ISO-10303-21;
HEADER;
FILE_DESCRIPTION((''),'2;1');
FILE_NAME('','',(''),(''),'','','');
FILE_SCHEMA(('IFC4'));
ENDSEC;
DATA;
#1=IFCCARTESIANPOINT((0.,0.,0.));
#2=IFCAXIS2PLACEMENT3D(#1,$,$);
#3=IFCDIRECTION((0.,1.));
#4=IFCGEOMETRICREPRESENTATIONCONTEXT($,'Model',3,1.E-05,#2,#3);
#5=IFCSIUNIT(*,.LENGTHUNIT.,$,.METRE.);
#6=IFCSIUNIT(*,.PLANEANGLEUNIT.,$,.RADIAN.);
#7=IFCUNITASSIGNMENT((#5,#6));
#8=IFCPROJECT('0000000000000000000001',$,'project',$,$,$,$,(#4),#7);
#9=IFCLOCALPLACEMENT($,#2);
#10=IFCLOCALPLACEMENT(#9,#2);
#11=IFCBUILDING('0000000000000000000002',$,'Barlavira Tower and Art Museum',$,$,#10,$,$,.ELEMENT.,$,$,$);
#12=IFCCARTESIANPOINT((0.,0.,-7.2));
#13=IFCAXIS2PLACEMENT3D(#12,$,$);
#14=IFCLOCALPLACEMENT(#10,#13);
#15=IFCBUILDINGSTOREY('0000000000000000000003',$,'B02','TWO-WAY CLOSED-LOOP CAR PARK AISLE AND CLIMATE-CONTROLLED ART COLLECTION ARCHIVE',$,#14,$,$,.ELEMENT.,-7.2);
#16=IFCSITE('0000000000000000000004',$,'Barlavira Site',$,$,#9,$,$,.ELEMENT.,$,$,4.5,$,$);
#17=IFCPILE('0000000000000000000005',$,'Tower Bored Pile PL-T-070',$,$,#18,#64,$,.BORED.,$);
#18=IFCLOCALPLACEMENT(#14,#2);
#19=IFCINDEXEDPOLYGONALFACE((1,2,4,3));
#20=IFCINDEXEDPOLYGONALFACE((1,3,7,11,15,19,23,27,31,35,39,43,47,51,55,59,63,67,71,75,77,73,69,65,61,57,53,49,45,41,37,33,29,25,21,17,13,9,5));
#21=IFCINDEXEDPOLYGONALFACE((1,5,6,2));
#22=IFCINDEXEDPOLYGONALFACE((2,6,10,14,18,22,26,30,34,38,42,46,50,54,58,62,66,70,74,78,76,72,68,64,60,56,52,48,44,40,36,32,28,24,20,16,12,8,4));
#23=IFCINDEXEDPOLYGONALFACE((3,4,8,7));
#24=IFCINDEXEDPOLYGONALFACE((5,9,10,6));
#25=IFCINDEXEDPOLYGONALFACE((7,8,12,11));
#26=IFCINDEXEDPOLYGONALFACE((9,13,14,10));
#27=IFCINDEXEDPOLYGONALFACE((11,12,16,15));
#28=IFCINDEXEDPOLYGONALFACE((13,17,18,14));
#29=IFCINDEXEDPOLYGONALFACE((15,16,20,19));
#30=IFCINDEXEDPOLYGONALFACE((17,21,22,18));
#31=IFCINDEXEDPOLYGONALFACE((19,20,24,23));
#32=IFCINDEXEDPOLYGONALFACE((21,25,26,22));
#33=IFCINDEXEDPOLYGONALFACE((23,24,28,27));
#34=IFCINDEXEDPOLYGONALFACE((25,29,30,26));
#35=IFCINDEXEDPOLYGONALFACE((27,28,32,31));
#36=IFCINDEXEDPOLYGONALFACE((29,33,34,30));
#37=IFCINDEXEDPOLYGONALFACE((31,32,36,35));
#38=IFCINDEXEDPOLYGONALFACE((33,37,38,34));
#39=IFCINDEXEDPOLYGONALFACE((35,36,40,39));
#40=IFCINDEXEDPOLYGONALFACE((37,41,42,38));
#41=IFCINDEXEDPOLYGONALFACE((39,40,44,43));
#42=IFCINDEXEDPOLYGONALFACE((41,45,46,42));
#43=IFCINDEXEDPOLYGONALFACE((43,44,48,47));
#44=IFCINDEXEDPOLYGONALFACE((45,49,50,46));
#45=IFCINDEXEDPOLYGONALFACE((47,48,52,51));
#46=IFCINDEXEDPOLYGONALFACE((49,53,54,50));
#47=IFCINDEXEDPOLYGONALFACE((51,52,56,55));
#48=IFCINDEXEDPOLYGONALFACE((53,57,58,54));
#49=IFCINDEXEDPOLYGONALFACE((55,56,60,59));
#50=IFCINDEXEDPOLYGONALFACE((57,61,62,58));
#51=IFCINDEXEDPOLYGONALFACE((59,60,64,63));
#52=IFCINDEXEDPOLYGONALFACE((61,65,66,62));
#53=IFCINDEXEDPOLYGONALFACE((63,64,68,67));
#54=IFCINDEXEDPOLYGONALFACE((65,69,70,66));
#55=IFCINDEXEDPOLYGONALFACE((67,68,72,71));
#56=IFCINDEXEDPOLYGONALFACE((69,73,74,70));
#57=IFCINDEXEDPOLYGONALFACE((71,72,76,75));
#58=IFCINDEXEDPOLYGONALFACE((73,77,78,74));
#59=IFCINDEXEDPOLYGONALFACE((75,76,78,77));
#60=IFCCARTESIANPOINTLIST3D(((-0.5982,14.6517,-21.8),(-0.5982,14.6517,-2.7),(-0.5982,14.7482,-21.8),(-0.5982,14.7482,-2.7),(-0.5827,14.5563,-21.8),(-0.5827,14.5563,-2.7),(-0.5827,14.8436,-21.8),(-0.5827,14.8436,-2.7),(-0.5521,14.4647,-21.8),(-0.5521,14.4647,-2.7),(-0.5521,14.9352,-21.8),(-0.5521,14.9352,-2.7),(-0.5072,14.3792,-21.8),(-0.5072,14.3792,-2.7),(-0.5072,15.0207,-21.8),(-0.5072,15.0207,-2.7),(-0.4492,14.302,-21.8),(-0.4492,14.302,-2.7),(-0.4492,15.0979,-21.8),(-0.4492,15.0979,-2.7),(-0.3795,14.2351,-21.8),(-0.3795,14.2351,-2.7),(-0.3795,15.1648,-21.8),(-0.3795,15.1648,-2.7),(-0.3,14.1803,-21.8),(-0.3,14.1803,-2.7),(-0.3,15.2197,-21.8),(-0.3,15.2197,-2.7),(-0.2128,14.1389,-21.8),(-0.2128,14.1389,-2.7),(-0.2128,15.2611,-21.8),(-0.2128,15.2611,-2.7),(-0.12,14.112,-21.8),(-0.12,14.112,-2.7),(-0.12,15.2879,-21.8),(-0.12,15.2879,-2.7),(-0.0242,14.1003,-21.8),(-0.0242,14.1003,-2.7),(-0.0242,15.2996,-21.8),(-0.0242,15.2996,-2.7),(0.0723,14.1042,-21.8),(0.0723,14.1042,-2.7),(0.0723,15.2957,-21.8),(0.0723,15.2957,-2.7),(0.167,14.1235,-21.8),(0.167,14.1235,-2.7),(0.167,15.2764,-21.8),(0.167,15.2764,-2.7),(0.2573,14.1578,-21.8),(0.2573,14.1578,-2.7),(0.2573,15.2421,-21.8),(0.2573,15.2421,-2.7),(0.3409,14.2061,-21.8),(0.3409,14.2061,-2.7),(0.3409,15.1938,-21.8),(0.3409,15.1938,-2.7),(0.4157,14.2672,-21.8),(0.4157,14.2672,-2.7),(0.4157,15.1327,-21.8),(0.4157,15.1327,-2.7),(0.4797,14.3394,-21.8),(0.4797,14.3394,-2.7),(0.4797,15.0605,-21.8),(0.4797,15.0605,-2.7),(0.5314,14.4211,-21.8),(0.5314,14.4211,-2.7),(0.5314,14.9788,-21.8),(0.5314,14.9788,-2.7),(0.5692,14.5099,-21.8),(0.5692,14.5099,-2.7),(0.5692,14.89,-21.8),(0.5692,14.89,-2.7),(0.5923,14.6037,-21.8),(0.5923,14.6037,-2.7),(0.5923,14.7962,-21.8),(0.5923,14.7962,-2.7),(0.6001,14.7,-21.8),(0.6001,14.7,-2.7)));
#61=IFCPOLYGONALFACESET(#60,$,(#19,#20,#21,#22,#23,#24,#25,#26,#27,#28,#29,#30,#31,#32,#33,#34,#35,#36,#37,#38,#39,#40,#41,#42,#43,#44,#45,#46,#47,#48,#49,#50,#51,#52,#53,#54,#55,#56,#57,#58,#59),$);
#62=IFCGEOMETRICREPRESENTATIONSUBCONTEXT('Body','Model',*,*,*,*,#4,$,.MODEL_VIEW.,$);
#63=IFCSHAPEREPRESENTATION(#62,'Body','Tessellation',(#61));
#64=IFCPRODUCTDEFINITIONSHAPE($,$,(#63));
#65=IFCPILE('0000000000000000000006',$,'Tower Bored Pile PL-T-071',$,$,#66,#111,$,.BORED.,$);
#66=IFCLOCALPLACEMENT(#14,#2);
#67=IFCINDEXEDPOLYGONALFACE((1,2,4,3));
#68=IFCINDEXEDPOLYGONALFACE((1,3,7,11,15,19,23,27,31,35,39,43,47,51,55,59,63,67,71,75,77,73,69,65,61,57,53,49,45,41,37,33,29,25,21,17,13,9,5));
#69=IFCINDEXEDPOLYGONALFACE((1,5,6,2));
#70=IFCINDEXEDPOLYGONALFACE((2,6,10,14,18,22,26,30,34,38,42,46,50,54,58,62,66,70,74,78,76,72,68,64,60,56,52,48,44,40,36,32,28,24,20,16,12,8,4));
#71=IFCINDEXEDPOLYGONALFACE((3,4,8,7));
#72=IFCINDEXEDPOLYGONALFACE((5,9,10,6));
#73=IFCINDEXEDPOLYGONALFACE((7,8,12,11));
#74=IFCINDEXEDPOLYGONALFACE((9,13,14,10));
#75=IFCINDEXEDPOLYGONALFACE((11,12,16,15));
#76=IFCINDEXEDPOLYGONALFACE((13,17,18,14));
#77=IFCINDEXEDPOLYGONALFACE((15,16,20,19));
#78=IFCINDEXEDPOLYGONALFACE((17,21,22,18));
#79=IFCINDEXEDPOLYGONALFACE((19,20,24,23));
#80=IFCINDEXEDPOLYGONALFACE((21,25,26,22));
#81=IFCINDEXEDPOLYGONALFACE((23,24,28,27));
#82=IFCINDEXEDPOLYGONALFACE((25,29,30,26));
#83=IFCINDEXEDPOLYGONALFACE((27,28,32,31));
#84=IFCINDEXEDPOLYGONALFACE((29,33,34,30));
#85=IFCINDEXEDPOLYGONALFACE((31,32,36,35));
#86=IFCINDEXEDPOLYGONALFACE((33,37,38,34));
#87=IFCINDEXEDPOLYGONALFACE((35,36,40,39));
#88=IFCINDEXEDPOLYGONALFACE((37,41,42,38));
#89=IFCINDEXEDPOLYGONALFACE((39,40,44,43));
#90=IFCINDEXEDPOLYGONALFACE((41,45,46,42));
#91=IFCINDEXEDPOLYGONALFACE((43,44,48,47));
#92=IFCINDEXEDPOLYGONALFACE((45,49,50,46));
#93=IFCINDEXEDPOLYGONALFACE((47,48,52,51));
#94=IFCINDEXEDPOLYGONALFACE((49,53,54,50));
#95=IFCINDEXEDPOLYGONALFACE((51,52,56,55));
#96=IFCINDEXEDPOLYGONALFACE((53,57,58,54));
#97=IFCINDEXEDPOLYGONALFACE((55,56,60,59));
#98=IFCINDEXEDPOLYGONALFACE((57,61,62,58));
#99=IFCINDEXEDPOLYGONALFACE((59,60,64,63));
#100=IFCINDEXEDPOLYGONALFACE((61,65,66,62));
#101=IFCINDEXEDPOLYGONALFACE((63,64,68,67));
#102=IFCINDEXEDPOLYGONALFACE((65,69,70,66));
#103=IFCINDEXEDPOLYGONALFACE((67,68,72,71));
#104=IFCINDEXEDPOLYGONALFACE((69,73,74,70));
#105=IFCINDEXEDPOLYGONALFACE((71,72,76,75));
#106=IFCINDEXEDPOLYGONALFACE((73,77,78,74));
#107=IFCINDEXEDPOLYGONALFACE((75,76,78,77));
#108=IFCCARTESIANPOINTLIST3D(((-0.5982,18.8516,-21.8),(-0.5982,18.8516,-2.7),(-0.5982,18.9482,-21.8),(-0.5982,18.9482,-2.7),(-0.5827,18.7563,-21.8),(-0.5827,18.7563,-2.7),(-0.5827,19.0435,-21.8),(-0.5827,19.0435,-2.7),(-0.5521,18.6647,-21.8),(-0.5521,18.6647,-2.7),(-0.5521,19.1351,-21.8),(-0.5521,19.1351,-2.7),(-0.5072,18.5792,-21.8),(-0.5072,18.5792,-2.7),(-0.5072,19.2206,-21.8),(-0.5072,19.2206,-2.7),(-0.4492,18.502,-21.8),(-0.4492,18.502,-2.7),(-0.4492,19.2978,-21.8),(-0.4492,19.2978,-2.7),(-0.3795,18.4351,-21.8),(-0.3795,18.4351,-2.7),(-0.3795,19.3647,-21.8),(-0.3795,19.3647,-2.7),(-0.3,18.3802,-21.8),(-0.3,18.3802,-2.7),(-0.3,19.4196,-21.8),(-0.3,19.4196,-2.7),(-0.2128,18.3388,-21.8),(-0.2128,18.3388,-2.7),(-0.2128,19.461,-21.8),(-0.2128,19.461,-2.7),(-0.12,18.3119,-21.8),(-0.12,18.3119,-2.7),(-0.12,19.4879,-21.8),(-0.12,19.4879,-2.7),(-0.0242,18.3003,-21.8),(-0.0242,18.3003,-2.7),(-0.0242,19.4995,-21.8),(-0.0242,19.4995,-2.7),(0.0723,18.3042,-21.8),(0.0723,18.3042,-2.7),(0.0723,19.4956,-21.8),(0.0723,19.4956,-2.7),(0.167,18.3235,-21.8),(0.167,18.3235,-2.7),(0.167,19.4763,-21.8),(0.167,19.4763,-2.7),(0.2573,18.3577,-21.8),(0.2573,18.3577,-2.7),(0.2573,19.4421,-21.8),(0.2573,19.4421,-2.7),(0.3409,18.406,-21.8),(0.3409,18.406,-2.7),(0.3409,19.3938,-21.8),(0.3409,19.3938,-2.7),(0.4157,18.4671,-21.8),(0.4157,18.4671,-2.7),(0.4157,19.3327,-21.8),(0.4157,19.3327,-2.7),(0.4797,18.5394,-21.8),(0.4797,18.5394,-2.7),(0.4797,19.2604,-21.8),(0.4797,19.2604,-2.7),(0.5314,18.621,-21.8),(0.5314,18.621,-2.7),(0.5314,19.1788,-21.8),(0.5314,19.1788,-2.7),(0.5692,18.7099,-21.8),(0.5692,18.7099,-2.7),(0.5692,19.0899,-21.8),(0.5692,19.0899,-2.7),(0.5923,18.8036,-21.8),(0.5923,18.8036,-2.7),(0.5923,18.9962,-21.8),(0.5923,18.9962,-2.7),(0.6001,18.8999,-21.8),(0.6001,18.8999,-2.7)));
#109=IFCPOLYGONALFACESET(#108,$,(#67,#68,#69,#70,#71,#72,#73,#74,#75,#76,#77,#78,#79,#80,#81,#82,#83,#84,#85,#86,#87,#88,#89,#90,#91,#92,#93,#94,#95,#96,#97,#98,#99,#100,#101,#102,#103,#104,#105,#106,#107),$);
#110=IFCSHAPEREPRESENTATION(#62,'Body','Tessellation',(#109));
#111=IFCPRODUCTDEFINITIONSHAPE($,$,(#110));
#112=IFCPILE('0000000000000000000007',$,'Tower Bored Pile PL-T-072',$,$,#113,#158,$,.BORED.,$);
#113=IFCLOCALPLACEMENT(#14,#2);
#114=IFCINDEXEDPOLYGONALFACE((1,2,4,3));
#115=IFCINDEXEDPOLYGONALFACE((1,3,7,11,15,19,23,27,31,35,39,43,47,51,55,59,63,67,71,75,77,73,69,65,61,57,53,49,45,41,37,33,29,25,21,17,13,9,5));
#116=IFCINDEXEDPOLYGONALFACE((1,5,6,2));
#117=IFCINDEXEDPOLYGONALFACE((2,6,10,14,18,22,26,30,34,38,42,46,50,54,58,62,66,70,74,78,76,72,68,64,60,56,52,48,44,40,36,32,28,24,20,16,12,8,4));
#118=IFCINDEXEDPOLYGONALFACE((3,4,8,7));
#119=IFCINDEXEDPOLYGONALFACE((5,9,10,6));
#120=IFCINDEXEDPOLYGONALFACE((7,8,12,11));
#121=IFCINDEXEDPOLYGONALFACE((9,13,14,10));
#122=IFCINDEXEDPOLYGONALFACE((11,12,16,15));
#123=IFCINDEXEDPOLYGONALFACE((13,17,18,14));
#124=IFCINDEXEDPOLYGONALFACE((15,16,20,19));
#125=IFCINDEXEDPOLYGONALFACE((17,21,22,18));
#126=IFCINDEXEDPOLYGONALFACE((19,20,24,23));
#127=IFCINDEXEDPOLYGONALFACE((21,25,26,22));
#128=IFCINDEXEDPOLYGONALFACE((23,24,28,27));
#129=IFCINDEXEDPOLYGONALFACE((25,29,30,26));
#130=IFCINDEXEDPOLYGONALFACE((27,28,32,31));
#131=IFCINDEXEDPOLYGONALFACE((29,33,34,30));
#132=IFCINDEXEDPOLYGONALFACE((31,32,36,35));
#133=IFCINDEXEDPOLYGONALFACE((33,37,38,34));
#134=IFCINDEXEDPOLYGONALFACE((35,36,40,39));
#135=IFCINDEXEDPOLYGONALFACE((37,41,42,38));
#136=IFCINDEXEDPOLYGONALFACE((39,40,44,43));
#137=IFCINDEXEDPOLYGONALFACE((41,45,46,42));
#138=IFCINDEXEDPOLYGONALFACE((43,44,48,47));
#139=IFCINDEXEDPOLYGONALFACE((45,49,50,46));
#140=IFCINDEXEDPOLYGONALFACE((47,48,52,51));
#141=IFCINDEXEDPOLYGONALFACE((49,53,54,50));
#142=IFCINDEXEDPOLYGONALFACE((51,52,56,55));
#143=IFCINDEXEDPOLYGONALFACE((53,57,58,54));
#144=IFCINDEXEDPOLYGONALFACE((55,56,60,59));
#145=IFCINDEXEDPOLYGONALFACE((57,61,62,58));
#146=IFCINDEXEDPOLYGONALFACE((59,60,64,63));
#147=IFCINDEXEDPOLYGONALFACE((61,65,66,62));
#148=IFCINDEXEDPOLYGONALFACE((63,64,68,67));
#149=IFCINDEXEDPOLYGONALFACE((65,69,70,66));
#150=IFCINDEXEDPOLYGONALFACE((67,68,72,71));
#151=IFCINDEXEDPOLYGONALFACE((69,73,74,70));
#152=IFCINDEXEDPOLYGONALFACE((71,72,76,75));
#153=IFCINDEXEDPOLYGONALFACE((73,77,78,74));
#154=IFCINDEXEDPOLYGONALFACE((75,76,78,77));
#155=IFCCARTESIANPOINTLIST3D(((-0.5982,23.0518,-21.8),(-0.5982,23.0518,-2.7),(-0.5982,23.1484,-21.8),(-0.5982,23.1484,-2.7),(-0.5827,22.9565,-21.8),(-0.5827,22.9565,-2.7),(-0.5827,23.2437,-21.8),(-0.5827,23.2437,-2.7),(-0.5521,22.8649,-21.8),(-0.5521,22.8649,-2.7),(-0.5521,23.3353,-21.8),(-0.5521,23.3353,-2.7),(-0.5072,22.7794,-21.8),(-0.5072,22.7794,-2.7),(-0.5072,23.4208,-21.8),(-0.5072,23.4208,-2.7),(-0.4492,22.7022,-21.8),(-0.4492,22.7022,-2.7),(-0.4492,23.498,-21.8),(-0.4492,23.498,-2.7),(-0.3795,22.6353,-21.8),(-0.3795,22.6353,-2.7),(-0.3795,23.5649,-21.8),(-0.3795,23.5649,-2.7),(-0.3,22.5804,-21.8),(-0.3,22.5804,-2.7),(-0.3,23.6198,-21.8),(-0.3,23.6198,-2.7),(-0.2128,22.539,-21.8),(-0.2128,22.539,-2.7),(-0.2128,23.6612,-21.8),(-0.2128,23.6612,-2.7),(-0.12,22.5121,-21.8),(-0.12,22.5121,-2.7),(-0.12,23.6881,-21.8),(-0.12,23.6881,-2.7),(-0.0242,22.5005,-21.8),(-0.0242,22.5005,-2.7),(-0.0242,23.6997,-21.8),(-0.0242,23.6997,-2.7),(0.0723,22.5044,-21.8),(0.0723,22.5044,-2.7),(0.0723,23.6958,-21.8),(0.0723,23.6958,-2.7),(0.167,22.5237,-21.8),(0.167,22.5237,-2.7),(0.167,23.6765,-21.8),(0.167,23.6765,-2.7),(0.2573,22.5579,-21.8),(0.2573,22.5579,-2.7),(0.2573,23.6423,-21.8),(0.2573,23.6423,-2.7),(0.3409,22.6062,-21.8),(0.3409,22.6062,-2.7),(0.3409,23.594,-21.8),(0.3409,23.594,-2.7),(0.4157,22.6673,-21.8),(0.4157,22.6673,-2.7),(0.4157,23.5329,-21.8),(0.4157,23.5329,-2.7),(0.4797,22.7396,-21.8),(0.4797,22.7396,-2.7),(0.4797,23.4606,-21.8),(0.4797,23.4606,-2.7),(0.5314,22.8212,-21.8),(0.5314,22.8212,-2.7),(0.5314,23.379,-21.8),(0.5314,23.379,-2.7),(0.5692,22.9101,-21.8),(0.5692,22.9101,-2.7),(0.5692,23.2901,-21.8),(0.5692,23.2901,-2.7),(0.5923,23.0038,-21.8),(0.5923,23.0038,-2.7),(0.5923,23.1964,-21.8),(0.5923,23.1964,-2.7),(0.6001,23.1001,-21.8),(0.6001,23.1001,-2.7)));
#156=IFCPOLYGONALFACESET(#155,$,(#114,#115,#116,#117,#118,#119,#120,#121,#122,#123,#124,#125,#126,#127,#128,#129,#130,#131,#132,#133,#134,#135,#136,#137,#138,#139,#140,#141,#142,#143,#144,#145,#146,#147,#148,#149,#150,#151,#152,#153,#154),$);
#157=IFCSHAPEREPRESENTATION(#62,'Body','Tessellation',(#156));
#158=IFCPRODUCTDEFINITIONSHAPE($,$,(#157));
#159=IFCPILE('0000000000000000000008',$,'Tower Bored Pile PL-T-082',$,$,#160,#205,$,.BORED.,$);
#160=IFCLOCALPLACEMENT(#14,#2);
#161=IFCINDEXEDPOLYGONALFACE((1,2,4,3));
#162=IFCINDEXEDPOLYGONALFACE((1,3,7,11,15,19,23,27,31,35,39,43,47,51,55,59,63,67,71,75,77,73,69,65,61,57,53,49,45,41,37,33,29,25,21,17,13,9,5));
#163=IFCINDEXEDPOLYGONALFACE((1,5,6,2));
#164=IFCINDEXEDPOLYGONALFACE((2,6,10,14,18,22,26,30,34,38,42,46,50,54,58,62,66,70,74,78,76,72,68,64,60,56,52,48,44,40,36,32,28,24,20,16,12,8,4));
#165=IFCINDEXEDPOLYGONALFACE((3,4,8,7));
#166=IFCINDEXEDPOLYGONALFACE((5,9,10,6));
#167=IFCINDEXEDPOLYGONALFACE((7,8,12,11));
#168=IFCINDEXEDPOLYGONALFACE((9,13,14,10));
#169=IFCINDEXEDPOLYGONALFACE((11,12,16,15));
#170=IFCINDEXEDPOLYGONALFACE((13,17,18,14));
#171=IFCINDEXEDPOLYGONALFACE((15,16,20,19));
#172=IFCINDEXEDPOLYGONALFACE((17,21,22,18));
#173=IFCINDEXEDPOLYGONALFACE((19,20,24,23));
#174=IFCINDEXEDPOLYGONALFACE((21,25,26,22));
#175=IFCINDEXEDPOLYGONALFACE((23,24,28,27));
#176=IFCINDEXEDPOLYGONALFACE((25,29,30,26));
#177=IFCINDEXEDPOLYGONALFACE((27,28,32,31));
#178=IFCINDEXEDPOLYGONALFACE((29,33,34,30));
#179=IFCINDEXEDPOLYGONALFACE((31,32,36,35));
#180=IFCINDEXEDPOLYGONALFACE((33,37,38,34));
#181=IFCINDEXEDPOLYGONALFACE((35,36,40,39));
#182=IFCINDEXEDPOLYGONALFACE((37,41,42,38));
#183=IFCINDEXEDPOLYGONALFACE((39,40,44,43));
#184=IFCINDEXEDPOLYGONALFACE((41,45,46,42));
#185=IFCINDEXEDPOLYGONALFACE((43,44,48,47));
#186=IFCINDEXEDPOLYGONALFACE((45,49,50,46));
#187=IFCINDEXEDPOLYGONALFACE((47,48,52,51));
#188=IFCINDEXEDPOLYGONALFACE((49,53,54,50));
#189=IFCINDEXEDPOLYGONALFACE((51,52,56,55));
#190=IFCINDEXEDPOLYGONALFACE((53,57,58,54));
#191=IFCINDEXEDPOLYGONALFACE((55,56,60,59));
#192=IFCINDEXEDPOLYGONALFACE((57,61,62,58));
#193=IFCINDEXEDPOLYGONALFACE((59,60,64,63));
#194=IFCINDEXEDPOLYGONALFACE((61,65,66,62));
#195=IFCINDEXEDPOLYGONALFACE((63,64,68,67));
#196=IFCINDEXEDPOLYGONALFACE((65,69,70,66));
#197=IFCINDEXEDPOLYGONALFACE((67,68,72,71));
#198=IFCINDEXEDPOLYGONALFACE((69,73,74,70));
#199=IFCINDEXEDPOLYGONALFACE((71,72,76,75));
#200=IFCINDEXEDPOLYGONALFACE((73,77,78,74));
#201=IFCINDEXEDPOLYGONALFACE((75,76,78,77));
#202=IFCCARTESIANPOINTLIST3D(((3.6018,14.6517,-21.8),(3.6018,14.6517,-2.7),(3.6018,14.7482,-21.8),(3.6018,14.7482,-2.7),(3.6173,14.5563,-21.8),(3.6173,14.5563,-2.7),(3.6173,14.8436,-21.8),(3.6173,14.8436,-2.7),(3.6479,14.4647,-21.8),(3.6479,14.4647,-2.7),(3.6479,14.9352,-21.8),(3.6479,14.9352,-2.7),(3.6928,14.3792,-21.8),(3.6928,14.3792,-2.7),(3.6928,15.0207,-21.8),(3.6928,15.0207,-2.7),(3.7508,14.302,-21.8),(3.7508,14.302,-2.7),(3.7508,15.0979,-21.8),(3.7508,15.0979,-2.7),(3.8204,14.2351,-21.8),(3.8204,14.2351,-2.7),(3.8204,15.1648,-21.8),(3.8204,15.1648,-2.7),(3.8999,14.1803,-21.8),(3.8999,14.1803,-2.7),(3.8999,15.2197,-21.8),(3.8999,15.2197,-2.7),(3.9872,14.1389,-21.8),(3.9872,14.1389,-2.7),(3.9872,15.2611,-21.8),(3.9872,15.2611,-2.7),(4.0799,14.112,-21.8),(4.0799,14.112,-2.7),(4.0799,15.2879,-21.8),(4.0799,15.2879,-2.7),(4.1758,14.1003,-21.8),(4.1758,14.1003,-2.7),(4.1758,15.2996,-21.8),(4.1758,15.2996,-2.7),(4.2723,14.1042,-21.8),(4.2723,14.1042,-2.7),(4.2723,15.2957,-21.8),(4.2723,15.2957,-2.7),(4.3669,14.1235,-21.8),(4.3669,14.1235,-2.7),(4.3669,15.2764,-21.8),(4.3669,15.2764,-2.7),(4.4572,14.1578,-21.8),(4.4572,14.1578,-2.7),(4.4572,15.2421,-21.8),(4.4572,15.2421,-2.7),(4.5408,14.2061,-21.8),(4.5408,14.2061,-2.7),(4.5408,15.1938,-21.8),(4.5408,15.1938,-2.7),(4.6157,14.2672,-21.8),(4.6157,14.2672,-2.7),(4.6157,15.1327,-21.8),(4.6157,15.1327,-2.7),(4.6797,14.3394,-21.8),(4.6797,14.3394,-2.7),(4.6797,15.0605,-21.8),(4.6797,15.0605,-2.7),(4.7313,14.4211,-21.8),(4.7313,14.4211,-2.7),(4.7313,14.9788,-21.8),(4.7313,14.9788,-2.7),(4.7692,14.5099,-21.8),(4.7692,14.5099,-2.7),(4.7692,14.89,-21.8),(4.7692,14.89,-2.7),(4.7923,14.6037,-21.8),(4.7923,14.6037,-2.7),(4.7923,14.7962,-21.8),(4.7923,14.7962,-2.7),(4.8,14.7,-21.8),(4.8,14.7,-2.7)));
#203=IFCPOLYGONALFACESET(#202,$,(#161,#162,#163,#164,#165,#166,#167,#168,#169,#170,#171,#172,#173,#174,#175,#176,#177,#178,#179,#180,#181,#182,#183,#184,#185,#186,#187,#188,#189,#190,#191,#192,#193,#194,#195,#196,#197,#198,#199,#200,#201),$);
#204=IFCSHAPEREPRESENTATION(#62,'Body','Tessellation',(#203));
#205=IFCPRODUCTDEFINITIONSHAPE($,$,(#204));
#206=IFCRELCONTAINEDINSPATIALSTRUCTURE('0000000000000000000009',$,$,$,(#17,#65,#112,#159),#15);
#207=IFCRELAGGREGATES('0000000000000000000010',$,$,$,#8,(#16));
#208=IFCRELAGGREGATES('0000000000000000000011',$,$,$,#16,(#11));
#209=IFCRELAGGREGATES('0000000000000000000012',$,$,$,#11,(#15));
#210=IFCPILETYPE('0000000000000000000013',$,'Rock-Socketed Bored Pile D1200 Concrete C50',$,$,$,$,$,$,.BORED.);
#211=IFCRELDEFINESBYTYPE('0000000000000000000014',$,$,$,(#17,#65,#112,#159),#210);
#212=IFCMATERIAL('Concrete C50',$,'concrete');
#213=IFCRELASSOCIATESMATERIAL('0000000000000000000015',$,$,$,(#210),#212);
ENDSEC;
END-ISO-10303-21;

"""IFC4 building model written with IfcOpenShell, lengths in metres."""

from ifc_helpers import new_model, si_unit, direction, frame, origin, origin_2d, place, context, subcontext, project, spatial, circle, extrude, material, material_profile, profile_set, type_object, element, save


model = new_model("IFC4")

# Units and contexts
model_context = context("Model", 3, precision=1e-05, world=origin(), true_north=direction((0.0, 1.0)))
body_context = subcontext(model_context, "Body", "Model", "MODEL_VIEW")
ifc_project = project(units=[si_unit("LENGTHUNIT", "METRE"), si_unit("PLANEANGLEUNIT", "RADIAN")], contexts=[model_context])

# Site, building, storey
site_placement = place(None, origin())
site = spatial("IfcSite", under=ifc_project, at=site_placement, Name="Barlavira Site", CompositionType="ELEMENT", RefElevation=4.5)
building_placement = place(site_placement, origin())
building = spatial("IfcBuilding", under=site, at=building_placement, Name="Barlavira Tower and Art Museum", CompositionType="ELEMENT")
storey_placement = place(building_placement, frame((0.0, 0.0, -7.2)))
storey = spatial("IfcBuildingStorey", under=building, at=storey_placement, Name="B02", Description="TWO-WAY CLOSED-LOOP CAR PARK AISLE AND CLIMATE-CONTROLLED ART COLLECTION ARCHIVE", CompositionType="ELEMENT", Elevation=-7.2)

# Piles
ifc_material_1 = material(Name="Concrete C50", Category="concrete")
ifc_material_profile_1 = material_profile(ifc_material_1, circle(Radius=0.6001, at=origin_2d()), Name="BORED PILE D1200")
ifc_profile_set_1 = profile_set([ifc_material_profile_1], Name="Concrete C50")
pile_type = type_object("IfcPileType", Name="Rock-Socketed Bored Pile D1200 Concrete C50", PredefinedType="BORED", material=ifc_profile_set_1)
for number, where, z_axis, x_axis, name in (
    (1, (0.0, 14.7, -2.7), (0.0, 0.0, -1.0), (1.0, 0.0, 0.0), "Tower Bored Pile PL-T-070"),
    (2, (0.0, 18.8999, -2.7), (0.0, 0.0, -1.0), (1.0, 0.0, 0.0), "Tower Bored Pile PL-T-071"),
    (3, (0.0, 23.1001, -2.7), (0.0, 0.0, -1.0), (1.0, 0.0, 0.0), "Tower Bored Pile PL-T-072"),
    (4, (4.2, 14.7, -2.7), (0.0, 0.0, -1.0), (1.0, 0.0, 0.0), "Tower Bored Pile PL-T-082"),
):
    element("IfcPile", number, at=place(storey_placement, frame(where, z_axis=z_axis, x_axis=x_axis)), inside=storey, type_object=pile_type, Name=name, PredefinedType="BORED", context=body_context, shape_type="SweptSolid", body=[
        extrude(circle(Radius=0.6001, at=origin_2d()), origin(), (0.0, 0.0, 1.0), 19.1001),
    ])

save(model, "model.ifc")
